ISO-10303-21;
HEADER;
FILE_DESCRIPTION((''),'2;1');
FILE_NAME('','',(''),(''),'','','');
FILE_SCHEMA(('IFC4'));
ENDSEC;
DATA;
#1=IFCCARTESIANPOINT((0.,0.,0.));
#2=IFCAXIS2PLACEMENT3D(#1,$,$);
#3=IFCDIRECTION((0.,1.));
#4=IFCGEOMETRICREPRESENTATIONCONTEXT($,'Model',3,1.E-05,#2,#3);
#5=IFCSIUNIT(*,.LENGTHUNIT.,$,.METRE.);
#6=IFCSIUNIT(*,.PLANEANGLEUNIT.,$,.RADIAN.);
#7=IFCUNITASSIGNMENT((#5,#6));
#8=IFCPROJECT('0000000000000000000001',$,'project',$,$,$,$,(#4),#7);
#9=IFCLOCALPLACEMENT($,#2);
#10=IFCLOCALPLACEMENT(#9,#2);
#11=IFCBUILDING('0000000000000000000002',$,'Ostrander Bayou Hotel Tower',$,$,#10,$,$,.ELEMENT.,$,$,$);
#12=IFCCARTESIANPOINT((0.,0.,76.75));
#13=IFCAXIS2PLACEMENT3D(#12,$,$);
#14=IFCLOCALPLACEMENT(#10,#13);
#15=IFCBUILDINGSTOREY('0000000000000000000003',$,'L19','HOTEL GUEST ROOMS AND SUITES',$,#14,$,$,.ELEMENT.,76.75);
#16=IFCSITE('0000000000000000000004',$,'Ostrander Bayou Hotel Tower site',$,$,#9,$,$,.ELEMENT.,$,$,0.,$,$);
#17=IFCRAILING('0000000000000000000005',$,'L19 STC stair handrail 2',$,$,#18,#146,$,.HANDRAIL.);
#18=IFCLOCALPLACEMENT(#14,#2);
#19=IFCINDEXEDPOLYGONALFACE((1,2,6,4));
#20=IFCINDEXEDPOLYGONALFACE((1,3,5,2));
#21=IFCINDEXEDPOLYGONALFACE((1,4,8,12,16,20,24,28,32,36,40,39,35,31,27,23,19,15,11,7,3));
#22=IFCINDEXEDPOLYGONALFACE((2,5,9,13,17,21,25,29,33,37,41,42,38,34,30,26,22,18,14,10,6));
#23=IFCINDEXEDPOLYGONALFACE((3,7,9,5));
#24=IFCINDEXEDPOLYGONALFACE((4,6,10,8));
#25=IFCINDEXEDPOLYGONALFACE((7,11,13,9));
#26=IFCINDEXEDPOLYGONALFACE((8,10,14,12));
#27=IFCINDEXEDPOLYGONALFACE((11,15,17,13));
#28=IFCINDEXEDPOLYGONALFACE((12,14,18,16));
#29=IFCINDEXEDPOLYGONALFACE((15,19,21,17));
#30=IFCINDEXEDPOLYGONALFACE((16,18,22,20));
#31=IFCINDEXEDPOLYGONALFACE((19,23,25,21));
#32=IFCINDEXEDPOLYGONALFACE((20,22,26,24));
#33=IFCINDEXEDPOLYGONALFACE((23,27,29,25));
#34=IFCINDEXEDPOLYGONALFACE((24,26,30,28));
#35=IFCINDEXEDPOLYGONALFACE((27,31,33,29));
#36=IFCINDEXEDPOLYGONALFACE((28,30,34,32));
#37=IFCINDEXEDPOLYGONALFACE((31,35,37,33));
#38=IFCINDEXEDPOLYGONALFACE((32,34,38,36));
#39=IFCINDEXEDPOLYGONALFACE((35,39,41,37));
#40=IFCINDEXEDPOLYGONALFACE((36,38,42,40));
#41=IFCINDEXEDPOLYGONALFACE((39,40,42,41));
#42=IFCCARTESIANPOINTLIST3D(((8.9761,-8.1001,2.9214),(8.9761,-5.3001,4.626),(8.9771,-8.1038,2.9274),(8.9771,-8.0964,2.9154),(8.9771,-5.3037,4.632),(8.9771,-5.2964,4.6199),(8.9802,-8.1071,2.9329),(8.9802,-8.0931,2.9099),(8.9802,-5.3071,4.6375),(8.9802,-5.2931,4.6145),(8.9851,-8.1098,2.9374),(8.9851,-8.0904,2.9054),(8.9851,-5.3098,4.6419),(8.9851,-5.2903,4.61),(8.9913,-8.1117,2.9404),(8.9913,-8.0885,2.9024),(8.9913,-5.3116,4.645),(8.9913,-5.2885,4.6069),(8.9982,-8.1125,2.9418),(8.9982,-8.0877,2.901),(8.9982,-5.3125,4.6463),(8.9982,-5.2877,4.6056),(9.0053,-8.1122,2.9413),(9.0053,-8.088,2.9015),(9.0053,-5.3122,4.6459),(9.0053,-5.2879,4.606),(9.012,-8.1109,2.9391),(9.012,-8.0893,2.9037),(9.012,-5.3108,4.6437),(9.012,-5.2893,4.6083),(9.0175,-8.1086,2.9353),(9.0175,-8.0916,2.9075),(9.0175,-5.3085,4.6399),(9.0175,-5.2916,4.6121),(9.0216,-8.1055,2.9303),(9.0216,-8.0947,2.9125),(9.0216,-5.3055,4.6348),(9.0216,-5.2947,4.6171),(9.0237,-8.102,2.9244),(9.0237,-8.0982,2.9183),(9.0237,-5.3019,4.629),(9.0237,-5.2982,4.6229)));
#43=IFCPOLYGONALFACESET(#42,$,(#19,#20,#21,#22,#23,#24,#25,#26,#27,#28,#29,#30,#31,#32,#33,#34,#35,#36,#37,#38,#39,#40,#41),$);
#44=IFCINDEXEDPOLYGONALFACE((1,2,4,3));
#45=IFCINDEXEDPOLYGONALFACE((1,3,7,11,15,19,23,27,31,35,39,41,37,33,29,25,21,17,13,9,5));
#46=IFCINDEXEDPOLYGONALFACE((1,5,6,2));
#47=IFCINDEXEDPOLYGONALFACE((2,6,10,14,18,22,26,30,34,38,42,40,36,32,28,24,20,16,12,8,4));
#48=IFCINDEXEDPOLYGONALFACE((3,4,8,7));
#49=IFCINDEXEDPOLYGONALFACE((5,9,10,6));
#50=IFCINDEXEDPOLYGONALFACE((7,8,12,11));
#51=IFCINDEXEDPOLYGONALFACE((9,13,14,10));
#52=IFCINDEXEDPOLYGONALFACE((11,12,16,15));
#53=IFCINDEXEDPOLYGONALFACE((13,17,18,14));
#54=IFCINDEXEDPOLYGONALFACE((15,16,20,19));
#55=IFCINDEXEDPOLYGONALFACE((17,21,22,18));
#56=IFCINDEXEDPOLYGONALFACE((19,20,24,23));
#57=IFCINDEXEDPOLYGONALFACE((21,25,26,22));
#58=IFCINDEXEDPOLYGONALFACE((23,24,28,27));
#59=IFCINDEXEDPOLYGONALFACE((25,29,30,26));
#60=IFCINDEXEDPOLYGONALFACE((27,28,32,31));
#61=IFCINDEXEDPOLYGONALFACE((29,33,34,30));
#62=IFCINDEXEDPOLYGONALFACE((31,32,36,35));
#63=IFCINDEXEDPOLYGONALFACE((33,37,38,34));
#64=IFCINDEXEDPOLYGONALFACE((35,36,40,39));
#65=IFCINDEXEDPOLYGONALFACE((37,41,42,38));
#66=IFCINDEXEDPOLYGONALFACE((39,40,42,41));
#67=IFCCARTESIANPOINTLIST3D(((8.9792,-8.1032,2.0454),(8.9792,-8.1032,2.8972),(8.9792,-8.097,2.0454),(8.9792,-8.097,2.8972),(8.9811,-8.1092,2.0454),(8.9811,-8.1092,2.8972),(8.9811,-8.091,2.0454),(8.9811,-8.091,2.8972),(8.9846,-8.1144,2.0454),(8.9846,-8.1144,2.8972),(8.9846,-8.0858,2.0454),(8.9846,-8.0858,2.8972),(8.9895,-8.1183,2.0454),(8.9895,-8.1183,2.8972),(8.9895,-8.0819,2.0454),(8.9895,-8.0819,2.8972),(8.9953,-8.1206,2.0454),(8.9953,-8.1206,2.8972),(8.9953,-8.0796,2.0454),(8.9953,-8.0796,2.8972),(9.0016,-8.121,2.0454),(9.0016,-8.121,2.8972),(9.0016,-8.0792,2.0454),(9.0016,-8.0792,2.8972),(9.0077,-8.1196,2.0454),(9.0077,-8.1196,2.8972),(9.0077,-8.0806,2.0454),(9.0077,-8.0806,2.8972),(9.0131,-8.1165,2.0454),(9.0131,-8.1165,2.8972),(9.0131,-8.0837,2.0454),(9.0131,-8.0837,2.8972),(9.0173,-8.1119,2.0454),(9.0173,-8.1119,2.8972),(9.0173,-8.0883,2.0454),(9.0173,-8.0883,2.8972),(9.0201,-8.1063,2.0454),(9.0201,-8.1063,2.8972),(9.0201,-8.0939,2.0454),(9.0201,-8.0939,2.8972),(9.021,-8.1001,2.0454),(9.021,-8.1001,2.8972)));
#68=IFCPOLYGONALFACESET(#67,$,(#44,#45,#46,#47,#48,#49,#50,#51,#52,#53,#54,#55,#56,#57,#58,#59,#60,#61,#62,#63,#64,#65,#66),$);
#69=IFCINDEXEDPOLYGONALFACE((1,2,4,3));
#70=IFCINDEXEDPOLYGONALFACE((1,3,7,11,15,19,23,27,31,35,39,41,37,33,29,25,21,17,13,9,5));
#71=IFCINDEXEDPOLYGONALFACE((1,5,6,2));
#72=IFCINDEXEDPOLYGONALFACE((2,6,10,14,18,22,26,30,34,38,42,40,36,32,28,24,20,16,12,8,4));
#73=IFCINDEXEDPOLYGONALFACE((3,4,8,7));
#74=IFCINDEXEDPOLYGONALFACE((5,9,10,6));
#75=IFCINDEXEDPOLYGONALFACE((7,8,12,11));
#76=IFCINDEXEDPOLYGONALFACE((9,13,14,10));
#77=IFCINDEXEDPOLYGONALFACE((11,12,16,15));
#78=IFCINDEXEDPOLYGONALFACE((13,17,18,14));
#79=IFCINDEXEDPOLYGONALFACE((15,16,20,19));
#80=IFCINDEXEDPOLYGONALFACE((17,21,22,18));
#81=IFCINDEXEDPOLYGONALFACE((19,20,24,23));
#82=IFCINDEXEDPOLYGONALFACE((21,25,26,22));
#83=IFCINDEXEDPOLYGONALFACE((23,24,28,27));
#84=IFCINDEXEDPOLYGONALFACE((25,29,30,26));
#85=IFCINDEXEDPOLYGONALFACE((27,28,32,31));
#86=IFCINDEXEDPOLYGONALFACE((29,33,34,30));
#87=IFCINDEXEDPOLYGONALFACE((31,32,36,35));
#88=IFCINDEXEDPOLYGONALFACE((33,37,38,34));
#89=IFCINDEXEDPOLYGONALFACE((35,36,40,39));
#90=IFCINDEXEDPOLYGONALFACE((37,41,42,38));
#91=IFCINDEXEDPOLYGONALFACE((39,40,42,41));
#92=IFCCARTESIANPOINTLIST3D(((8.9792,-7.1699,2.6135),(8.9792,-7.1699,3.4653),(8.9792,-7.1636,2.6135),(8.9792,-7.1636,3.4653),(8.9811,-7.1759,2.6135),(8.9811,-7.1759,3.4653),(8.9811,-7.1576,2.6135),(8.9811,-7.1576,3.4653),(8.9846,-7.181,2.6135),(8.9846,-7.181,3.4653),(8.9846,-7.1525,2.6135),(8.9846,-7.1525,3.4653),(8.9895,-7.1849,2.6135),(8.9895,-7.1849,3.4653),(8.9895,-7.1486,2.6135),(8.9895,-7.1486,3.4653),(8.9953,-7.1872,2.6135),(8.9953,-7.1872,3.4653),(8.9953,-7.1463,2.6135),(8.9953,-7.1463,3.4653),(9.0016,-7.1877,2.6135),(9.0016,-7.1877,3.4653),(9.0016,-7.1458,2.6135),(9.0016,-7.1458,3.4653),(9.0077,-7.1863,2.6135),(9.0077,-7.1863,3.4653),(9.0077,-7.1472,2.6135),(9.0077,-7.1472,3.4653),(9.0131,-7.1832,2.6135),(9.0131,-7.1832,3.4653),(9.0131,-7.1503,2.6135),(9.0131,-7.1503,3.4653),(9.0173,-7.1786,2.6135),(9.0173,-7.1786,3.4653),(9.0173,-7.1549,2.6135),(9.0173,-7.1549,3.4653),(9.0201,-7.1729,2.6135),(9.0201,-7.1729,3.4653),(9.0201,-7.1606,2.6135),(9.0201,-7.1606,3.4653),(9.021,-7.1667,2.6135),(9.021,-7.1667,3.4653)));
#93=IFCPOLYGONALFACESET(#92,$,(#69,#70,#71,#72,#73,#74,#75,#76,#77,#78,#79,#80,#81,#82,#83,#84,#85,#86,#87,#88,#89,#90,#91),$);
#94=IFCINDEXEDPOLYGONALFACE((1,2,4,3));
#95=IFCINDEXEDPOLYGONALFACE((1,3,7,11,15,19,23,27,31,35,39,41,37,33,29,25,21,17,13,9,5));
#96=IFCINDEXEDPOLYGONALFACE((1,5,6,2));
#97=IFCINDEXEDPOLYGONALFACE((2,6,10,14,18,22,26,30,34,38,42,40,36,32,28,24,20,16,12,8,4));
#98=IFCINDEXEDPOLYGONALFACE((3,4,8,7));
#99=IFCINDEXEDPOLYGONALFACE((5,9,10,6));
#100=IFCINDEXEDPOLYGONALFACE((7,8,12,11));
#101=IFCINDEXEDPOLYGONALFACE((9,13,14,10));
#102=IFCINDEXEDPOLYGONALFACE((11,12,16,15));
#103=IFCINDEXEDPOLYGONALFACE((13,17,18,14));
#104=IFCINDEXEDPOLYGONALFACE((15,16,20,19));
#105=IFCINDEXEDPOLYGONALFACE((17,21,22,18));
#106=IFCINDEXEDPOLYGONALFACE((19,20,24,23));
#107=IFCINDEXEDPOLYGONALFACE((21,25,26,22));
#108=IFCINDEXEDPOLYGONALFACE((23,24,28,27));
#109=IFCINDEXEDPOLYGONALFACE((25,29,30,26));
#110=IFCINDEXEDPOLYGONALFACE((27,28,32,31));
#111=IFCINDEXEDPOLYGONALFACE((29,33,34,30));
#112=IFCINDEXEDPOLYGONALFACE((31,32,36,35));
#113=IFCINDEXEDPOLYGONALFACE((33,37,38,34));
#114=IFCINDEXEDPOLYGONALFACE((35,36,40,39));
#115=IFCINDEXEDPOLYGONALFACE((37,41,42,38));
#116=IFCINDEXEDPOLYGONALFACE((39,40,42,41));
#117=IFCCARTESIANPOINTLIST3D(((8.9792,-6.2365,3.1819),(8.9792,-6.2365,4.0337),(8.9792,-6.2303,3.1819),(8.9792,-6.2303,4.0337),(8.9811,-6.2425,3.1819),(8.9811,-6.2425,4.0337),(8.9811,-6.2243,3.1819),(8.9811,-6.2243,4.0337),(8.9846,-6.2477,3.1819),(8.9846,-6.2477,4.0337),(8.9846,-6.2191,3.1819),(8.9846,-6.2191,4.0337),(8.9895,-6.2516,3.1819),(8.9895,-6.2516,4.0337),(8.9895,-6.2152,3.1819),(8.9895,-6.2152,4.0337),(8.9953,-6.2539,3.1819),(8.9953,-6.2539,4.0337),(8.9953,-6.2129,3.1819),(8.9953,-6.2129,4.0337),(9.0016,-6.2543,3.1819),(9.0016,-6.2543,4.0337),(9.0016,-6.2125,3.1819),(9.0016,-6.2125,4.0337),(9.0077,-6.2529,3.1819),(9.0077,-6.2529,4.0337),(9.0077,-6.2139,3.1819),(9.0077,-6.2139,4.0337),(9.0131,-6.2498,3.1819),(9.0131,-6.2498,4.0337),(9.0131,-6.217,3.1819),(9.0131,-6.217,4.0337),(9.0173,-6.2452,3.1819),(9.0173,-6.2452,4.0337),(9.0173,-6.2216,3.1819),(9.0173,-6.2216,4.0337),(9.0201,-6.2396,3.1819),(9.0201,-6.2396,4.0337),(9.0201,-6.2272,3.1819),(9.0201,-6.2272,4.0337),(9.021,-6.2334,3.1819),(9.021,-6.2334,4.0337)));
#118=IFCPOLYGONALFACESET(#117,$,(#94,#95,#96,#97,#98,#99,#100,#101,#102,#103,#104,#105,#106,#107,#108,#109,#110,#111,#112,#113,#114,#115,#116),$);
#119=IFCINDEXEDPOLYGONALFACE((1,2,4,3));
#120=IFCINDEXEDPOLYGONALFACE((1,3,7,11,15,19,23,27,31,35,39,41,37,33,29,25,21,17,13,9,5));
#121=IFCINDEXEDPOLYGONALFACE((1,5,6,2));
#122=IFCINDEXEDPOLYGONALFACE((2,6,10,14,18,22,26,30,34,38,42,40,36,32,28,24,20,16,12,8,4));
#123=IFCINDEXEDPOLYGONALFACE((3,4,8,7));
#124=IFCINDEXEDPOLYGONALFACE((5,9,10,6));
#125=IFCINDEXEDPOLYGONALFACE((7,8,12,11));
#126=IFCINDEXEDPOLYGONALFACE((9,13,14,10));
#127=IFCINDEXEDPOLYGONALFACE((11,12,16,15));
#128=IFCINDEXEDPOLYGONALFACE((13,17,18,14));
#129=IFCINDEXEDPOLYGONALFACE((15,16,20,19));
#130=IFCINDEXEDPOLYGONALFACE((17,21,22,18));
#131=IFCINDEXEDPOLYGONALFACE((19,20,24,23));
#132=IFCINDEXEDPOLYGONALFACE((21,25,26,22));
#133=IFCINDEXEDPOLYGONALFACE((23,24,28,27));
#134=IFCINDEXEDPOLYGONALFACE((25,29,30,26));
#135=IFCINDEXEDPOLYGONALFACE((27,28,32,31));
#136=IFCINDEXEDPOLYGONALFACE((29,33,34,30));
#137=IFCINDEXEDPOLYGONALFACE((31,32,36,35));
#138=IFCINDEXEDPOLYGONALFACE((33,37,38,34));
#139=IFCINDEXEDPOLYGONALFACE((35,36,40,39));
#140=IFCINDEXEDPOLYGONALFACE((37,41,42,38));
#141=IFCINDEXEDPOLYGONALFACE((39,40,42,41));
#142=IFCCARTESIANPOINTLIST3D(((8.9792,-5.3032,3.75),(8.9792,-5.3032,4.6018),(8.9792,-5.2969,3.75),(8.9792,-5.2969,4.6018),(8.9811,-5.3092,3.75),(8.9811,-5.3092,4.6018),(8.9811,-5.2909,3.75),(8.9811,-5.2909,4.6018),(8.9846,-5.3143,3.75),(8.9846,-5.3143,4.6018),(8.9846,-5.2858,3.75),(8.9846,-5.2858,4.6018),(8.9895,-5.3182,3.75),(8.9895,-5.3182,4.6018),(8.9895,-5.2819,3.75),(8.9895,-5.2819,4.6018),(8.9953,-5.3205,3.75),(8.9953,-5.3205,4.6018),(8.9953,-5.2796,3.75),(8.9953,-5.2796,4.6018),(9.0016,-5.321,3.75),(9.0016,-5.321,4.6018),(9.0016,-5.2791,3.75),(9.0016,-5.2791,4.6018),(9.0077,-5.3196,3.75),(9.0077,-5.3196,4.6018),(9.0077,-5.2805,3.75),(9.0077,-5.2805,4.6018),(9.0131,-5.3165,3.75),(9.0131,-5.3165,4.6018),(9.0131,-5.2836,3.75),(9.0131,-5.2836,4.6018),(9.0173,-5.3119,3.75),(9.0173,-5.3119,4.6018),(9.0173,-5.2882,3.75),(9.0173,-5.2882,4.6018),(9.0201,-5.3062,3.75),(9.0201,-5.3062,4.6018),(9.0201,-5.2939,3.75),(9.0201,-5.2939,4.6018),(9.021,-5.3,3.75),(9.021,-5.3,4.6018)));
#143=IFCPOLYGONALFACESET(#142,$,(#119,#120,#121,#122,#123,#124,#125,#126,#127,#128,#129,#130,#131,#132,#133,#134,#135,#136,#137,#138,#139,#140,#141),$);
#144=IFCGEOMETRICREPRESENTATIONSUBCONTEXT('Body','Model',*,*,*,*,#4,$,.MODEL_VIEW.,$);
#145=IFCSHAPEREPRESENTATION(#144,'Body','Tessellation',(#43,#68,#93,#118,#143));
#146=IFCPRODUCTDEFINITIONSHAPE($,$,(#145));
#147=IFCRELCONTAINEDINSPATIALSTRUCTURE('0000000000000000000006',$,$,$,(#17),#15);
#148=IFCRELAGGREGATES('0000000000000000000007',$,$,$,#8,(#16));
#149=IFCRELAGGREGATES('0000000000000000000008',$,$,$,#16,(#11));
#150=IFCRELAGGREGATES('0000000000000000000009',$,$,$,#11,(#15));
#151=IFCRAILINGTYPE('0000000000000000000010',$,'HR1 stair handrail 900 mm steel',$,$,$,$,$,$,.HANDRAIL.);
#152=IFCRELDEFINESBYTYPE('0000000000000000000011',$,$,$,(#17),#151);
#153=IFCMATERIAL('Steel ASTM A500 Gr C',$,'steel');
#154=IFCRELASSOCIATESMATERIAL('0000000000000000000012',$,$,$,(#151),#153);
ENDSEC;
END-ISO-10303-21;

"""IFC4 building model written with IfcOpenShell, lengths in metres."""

from ifc_helpers import new_model, si_unit, direction, frame, origin, origin_2d, place, context, subcontext, project, spatial, circle, extrude, material, type_object, element, save


model = new_model("IFC4")

# Units and contexts
model_context = context("Model", 3, precision=1e-05, world=origin(), true_north=direction((0.0, 1.0)))
body_context = subcontext(model_context, "Body", "Model", "MODEL_VIEW")
ifc_project = project(units=[si_unit("LENGTHUNIT", "METRE"), si_unit("PLANEANGLEUNIT", "RADIAN")], contexts=[model_context])

# Site, building, storey
site_placement = place(None, origin())
site = spatial("IfcSite", under=ifc_project, at=site_placement, Name="Ostrander Bayou Hotel Tower site", CompositionType="ELEMENT", RefElevation=0.0)
building_placement = place(site_placement, origin())
building = spatial("IfcBuilding", under=site, at=building_placement, Name="Ostrander Bayou Hotel Tower", CompositionType="ELEMENT")
storey_placement = place(building_placement, frame((0.0, 0.0, 76.75)))
storey = spatial("IfcBuildingStorey", under=building, at=storey_placement, Name="L19", Description="HOTEL GUEST ROOMS AND SUITES", CompositionType="ELEMENT", Elevation=76.75)

# Railing
ifc_material_1 = material(Name="Steel ASTM A500 Gr C", Category="steel")
railing_type_1 = type_object("IfcRailingType", Name="HR1 stair handrail 900 mm steel", PredefinedType="HANDRAIL", material=ifc_material_1)
railing_1_placement = place(storey_placement, frame((9.0, -8.1001, 2.0454)))
element("IfcRailing", 1, at=railing_1_placement, inside=storey, type_object=railing_type_1, Name="L19 STC stair handrail 2", PredefinedType="HANDRAIL", context=body_context, shape_type="SweptSolid", body=[
    extrude(circle(Radius=0.0239, at=origin_2d()), frame((0.0, 0.0, 0.876), z_axis=(0.0, 0.85417, 0.519994), x_axis=(-1.0, 0.0, 0.0)), (0.0, 0.0, 1.0), 3.2781),
    extrude(circle(Radius=0.021, at=origin_2d()), origin(), (0.0, 0.0, 1.0), 0.8518),
    extrude(circle(Radius=0.021, at=origin_2d()), frame((0.0, 0.9333, 0.5681)), (0.0, 0.0, 1.0), 0.8518),
    extrude(circle(Radius=0.021, at=origin_2d()), frame((0.0, 1.8667, 1.1365)), (0.0, 0.0, 1.0), 0.8518),
    extrude(circle(Radius=0.021, at=origin_2d()), frame((0.0, 2.8, 1.7046)), (0.0, 0.0, 1.0), 0.8518),
])

save(model, "model.ifc")
